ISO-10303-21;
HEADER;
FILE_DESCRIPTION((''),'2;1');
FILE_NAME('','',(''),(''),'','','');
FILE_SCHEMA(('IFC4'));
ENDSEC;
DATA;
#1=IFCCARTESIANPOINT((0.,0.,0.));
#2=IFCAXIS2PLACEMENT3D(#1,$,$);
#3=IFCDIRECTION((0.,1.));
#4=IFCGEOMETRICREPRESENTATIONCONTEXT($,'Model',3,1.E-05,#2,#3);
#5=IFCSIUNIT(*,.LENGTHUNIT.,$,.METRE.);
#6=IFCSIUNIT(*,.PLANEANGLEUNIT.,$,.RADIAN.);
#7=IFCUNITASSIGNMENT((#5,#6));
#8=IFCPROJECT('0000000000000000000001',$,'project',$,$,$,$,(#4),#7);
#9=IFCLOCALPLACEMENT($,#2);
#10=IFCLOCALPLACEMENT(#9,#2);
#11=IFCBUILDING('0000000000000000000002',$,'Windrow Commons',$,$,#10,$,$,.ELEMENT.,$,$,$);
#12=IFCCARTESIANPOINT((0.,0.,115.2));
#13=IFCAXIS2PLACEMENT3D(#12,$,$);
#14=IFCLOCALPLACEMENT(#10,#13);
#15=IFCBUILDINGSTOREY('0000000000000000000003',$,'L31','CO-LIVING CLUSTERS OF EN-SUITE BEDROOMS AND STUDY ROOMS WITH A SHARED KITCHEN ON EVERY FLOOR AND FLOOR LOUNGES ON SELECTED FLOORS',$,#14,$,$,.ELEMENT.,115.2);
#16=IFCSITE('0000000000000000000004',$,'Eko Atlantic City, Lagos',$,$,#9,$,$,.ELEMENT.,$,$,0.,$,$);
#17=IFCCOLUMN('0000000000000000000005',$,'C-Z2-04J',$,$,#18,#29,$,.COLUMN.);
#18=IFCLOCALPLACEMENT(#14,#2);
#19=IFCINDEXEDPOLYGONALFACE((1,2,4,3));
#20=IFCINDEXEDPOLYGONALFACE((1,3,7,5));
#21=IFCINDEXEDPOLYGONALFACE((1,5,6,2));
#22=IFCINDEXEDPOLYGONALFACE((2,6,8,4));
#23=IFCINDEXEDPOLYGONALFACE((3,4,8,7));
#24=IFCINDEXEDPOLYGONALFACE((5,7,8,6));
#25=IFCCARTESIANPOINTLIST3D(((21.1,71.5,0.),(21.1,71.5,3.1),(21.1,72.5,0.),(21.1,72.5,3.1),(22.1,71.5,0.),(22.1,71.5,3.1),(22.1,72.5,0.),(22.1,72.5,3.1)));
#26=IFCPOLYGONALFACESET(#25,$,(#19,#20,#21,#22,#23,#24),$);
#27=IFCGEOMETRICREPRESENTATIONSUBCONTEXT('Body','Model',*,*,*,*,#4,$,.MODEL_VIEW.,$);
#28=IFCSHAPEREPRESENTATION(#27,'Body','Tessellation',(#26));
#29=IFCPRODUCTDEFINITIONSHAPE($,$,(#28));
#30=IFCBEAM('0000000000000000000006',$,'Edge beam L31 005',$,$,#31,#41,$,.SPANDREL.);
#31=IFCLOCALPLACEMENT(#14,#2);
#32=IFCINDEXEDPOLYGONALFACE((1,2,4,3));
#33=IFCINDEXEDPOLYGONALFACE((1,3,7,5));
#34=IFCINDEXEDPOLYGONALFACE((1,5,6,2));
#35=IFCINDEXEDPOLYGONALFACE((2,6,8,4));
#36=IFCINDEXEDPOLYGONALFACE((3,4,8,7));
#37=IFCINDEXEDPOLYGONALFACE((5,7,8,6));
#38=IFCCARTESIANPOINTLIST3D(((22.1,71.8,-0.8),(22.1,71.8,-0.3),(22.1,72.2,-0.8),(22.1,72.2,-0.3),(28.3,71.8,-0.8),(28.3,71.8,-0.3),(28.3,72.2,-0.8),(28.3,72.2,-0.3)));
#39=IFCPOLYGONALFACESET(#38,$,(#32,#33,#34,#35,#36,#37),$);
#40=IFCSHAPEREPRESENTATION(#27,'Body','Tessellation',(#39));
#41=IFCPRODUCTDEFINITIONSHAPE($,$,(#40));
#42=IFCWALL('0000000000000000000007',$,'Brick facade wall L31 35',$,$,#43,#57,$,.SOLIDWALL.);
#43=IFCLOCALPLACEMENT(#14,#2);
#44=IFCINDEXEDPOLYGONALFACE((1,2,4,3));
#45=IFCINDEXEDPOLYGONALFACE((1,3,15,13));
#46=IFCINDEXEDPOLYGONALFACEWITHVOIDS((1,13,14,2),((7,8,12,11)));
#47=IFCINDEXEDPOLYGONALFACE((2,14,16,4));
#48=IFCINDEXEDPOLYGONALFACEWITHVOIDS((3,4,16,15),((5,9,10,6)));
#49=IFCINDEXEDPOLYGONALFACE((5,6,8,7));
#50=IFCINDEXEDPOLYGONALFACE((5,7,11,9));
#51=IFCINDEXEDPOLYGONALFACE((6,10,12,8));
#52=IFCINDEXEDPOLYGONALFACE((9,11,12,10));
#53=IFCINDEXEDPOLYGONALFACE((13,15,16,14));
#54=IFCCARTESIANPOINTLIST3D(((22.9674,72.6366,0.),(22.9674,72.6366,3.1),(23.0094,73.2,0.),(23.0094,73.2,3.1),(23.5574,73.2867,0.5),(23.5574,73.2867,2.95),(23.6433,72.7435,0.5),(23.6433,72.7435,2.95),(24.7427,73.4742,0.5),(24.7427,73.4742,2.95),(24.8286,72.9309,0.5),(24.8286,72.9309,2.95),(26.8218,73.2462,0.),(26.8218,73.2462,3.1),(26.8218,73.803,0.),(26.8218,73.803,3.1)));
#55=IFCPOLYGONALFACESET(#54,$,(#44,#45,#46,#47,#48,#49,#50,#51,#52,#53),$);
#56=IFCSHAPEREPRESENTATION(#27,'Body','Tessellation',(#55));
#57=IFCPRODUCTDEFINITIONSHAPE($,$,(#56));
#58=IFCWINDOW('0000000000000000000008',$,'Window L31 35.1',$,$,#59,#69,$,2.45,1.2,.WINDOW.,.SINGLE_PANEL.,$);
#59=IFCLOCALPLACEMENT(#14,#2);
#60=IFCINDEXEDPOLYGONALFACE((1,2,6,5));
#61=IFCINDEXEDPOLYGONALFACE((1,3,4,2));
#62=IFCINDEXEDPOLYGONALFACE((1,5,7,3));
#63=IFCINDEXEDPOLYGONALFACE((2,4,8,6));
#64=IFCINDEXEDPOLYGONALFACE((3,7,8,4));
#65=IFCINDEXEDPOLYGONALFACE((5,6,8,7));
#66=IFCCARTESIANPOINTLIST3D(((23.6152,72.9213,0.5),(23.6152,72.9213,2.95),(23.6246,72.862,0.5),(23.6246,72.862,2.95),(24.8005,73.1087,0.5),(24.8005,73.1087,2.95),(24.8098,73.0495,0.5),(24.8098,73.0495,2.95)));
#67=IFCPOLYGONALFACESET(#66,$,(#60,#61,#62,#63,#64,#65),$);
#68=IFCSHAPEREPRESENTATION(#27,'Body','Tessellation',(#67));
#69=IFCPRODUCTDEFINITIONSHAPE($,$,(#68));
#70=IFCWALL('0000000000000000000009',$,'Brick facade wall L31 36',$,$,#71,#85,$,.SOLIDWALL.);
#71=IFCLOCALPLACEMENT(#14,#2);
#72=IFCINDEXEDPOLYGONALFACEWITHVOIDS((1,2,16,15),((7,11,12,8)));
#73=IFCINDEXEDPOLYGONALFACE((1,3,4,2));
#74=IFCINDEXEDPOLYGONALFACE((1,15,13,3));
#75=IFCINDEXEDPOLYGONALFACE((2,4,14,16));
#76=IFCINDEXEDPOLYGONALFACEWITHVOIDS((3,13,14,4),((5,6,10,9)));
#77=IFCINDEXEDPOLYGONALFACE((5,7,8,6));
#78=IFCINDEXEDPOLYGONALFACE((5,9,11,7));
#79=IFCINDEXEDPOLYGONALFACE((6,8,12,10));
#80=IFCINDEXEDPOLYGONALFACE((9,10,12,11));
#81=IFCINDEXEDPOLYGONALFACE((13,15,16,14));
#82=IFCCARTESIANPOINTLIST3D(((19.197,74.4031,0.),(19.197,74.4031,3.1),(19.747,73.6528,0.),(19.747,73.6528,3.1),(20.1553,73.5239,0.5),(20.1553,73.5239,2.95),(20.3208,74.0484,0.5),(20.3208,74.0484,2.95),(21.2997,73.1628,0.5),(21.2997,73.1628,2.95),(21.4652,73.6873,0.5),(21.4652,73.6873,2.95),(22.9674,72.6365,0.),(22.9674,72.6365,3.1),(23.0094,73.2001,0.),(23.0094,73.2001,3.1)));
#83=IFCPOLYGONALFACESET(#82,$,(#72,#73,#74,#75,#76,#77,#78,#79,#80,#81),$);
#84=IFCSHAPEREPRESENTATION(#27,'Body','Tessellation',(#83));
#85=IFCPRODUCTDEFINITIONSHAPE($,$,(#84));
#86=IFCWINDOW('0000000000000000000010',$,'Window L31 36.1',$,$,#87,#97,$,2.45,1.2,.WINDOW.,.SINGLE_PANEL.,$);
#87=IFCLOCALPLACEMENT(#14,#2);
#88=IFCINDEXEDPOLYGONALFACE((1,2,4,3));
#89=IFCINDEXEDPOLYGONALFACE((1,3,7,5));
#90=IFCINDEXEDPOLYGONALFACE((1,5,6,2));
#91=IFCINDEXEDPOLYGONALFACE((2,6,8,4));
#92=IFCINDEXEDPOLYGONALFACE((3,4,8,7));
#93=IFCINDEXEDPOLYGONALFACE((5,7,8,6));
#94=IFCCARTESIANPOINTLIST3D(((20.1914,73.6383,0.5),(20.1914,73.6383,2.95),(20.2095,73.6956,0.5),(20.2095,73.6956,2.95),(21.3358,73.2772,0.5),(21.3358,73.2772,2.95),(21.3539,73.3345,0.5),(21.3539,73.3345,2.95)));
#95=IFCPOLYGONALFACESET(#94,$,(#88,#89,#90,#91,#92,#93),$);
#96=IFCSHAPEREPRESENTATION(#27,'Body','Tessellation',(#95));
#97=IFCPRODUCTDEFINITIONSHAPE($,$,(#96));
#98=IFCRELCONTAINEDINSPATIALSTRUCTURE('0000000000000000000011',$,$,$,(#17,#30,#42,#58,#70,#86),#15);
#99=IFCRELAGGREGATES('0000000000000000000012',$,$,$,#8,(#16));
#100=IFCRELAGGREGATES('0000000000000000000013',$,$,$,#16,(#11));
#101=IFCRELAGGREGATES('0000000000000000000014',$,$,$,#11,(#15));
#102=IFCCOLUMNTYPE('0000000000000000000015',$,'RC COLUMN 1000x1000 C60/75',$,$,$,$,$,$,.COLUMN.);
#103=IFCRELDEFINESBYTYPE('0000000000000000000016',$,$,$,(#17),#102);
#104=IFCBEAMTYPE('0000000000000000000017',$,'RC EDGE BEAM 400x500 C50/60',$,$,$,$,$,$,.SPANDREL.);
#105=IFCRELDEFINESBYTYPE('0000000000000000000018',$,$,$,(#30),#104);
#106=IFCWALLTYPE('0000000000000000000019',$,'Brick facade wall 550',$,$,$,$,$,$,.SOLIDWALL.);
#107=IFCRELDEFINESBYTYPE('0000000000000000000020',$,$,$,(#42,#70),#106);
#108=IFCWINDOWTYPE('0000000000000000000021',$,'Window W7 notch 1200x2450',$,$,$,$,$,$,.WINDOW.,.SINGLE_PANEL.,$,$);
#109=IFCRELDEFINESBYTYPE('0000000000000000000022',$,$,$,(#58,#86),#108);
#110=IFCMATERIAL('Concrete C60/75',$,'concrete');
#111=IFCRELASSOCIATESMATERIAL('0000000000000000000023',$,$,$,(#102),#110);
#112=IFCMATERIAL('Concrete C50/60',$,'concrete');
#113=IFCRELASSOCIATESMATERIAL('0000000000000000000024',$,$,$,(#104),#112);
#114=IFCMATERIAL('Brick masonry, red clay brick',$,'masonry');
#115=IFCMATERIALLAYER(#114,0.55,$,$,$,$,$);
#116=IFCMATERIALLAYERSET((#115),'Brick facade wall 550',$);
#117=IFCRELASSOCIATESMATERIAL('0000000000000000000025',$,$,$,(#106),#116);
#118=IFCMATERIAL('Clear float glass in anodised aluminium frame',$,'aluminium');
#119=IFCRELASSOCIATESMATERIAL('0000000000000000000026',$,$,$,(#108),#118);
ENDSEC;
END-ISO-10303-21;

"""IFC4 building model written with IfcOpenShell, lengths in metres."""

from ifc_helpers import new_model, si_unit, direction, frame, frame_2d, origin, origin_2d, place, context, subcontext, project, spatial, polyline, rectangle, outline, extrude, material, layer, layer_set, material_profile, profile_set, type_object, element, fill, save


model = new_model("IFC4")

# Units and contexts
model_context = context("Model", 3, precision=1e-05, world=origin(), true_north=direction((0.0, 1.0)))
body_context = subcontext(model_context, "Body", "Model", "MODEL_VIEW")
ifc_project = project(units=[si_unit("LENGTHUNIT", "METRE"), si_unit("PLANEANGLEUNIT", "RADIAN")], contexts=[model_context])

# Site, building, storey
site_placement = place(None, origin())
site = spatial("IfcSite", under=ifc_project, at=site_placement, Name="Eko Atlantic City, Lagos", CompositionType="ELEMENT", RefElevation=0.0)
building_placement = place(site_placement, origin())
building = spatial("IfcBuilding", under=site, at=building_placement, Name="Windrow Commons", CompositionType="ELEMENT")
storey_placement = place(building_placement, frame((0.0, 0.0, 115.2)))
storey = spatial("IfcBuildingStorey", under=building, at=storey_placement, Name="L31", Description="CO-LIVING CLUSTERS OF EN-SUITE BEDROOMS AND STUDY ROOMS WITH A SHARED KITCHEN ON EVERY FLOOR AND FLOOR LOUNGES ON SELECTED FLOORS", CompositionType="ELEMENT", Elevation=115.2)

# Column
ifc_material_1 = material(Name="Concrete C60/75", Category="concrete")
ifc_material_profile_1 = material_profile(ifc_material_1, rectangle(XDim=1.0, YDim=1.0, at=origin_2d()))
ifc_profile_set_1 = profile_set([ifc_material_profile_1], Name="Concrete C60/75")
column_type = type_object("IfcColumnType", Name="RC COLUMN 1000x1000 C60/75", PredefinedType="COLUMN", material=ifc_profile_set_1)
column_placement = place(storey_placement, frame((21.6, 72.0, 0.0), z_axis=(0.0, 0.0, 1.0), x_axis=(1.0, 0.0, 0.0)))
element("IfcColumn", 1, at=column_placement, inside=storey, type_object=column_type, Name="C-Z2-04J", PredefinedType="COLUMN", context=body_context, shape_type="SweptSolid", body=[
    extrude(rectangle(XDim=1.0, YDim=1.0, at=origin_2d()), origin(), (0.0, 0.0, 1.0), 3.1),
])

# Beam
ifc_material_2 = material(Name="Concrete C50/60", Category="concrete")
ifc_material_profile_2 = material_profile(ifc_material_2, rectangle(XDim=0.4, YDim=0.5, at=origin_2d()))
ifc_profile_set_2 = profile_set([ifc_material_profile_2], Name="Concrete C50/60")
beam_type = type_object("IfcBeamType", Name="RC EDGE BEAM 400x500 C50/60", PredefinedType="SPANDREL", material=ifc_profile_set_2)
beam_placement = place(storey_placement, frame((22.1, 72.0, -0.55), z_axis=(1.0, 0.0, 0.0), x_axis=(0.0, 1.0, 0.0)))
element("IfcBeam", 2, at=beam_placement, inside=storey, type_object=beam_type, Name="Edge beam L31 005", PredefinedType="SPANDREL", context=body_context, shape_type="SweptSolid", body=[
    extrude(rectangle(XDim=0.4, YDim=0.5, at=origin_2d()), origin(), (0.0, 0.0, 1.0), 6.2),
])

# Walls, openings, windows
ifc_material_3 = material(Name="Brick masonry, red clay brick", Category="masonry")
ifc_layer_1 = layer(ifc_material_3, 0.55)
ifc_layer_set_1 = layer_set([ifc_layer_1], Name="Brick facade wall 550")
wall_type_1 = type_object("IfcWallType", Name="Brick facade wall 550", PredefinedType="SOLIDWALL", material=ifc_layer_set_1)
wall_1_placement = place(storey_placement, frame((26.8218, 73.5246, 0.0), z_axis=(0.0, 0.0, 1.0), x_axis=(-0.987722, -0.156221, 0.0)))
wall_1 = element("IfcWall", 3, at=wall_1_placement, inside=storey, type_object=wall_type_1, Name="Brick facade wall L31 35", PredefinedType="SOLIDWALL", context=body_context, shape_type="SweptSolid", body=[
    extrude(outline(polyline([(-0.0435, -0.275), (3.8163, -0.275), (3.9458, 0.275), (0.0435, 0.275), (-0.0435, -0.275)])), origin(), (0.0, 0.0, 1.0), 3.1),
])
opening_1_placement = place(wall_1_placement, frame((2.0615, 0.0, 0.5)))
opening_1 = element("IfcOpeningElement", 4, at=opening_1_placement, cuts=wall_1, PredefinedType="OPENING", context=body_context, shape_type="SweptSolid", body=[
    extrude(rectangle(XDim=1.2, YDim=2.45, at=frame_2d((0.6, 1.225))), frame((0.0, 0.285, 0.0), z_axis=(0.0, -1.0, 0.0), x_axis=(1.0, 0.0, 0.0)), (0.0, 0.0, 1.0), 0.57),
])
ifc_material_4 = material(Name="Clear float glass in anodised aluminium frame", Category="aluminium")
window_type_1 = type_object("IfcWindowType", Name="Window W7 notch 1200x2450", PartitioningType="SINGLE_PANEL", PredefinedType="WINDOW", material=ifc_material_4)
window_1_placement = place(opening_1_placement, origin())
window_1 = element("IfcWindow", 5, at=window_1_placement, inside=storey, type_object=window_type_1, Name="Window L31 35.1", OverallHeight=2.45, OverallWidth=1.2, PartitioningType="SINGLE_PANEL", PredefinedType="WINDOW", context=body_context, shape_type="SweptSolid", body=[
    extrude(rectangle(XDim=1.2, YDim=2.45, at=frame_2d((0.6, 1.225))), frame((0.0, 0.155, 0.0), z_axis=(0.0, -1.0, 0.0), x_axis=(1.0, 0.0, 0.0)), (0.0, 0.0, 1.0), 0.06),
])
fill(opening_1, window_1)
wall_2_placement = place(storey_placement, frame((22.9884, 72.9183, 0.0), z_axis=(0.0, 0.0, 1.0), x_axis=(-0.953648, 0.300924, 0.0)))
wall_2 = element("IfcWall", 6, at=wall_2_placement, inside=storey, type_object=wall_type_1, Name="Brick facade wall L31 36", PredefinedType="SOLIDWALL", context=body_context, shape_type="SweptSolid", body=[
    extrude(outline(polyline([(0.0648, -0.275), (4.0625, -0.275), (3.3122, 0.275), (-0.0648, 0.275), (0.0648, -0.275)])), origin(), (0.0, 0.0, 1.0), 3.1),
])
opening_2_placement = place(wall_2_placement, frame((1.684, 0.0, 0.5)))
opening_2 = element("IfcOpeningElement", 7, at=opening_2_placement, cuts=wall_2, PredefinedType="OPENING", context=body_context, shape_type="SweptSolid", body=[
    extrude(rectangle(XDim=1.2, YDim=2.45, at=frame_2d((0.6, 1.225))), frame((0.0, 0.285, 0.0), z_axis=(0.0, -1.0, 0.0), x_axis=(1.0, 0.0, 0.0)), (0.0, 0.0, 1.0), 0.57),
])
window_2_placement = place(opening_2_placement, origin())
window_2 = element("IfcWindow", 8, at=window_2_placement, inside=storey, type_object=window_type_1, Name="Window L31 36.1", OverallHeight=2.45, OverallWidth=1.2, PartitioningType="SINGLE_PANEL", PredefinedType="WINDOW", context=body_context, shape_type="SweptSolid", body=[
    extrude(rectangle(XDim=1.2, YDim=2.45, at=frame_2d((0.6, 1.225))), frame((0.0, 0.155, 0.0), z_axis=(0.0, -1.0, 0.0), x_axis=(1.0, 0.0, 0.0)), (0.0, 0.0, 1.0), 0.06),
])
fill(opening_2, window_2)

save(model, "model.ifc")
